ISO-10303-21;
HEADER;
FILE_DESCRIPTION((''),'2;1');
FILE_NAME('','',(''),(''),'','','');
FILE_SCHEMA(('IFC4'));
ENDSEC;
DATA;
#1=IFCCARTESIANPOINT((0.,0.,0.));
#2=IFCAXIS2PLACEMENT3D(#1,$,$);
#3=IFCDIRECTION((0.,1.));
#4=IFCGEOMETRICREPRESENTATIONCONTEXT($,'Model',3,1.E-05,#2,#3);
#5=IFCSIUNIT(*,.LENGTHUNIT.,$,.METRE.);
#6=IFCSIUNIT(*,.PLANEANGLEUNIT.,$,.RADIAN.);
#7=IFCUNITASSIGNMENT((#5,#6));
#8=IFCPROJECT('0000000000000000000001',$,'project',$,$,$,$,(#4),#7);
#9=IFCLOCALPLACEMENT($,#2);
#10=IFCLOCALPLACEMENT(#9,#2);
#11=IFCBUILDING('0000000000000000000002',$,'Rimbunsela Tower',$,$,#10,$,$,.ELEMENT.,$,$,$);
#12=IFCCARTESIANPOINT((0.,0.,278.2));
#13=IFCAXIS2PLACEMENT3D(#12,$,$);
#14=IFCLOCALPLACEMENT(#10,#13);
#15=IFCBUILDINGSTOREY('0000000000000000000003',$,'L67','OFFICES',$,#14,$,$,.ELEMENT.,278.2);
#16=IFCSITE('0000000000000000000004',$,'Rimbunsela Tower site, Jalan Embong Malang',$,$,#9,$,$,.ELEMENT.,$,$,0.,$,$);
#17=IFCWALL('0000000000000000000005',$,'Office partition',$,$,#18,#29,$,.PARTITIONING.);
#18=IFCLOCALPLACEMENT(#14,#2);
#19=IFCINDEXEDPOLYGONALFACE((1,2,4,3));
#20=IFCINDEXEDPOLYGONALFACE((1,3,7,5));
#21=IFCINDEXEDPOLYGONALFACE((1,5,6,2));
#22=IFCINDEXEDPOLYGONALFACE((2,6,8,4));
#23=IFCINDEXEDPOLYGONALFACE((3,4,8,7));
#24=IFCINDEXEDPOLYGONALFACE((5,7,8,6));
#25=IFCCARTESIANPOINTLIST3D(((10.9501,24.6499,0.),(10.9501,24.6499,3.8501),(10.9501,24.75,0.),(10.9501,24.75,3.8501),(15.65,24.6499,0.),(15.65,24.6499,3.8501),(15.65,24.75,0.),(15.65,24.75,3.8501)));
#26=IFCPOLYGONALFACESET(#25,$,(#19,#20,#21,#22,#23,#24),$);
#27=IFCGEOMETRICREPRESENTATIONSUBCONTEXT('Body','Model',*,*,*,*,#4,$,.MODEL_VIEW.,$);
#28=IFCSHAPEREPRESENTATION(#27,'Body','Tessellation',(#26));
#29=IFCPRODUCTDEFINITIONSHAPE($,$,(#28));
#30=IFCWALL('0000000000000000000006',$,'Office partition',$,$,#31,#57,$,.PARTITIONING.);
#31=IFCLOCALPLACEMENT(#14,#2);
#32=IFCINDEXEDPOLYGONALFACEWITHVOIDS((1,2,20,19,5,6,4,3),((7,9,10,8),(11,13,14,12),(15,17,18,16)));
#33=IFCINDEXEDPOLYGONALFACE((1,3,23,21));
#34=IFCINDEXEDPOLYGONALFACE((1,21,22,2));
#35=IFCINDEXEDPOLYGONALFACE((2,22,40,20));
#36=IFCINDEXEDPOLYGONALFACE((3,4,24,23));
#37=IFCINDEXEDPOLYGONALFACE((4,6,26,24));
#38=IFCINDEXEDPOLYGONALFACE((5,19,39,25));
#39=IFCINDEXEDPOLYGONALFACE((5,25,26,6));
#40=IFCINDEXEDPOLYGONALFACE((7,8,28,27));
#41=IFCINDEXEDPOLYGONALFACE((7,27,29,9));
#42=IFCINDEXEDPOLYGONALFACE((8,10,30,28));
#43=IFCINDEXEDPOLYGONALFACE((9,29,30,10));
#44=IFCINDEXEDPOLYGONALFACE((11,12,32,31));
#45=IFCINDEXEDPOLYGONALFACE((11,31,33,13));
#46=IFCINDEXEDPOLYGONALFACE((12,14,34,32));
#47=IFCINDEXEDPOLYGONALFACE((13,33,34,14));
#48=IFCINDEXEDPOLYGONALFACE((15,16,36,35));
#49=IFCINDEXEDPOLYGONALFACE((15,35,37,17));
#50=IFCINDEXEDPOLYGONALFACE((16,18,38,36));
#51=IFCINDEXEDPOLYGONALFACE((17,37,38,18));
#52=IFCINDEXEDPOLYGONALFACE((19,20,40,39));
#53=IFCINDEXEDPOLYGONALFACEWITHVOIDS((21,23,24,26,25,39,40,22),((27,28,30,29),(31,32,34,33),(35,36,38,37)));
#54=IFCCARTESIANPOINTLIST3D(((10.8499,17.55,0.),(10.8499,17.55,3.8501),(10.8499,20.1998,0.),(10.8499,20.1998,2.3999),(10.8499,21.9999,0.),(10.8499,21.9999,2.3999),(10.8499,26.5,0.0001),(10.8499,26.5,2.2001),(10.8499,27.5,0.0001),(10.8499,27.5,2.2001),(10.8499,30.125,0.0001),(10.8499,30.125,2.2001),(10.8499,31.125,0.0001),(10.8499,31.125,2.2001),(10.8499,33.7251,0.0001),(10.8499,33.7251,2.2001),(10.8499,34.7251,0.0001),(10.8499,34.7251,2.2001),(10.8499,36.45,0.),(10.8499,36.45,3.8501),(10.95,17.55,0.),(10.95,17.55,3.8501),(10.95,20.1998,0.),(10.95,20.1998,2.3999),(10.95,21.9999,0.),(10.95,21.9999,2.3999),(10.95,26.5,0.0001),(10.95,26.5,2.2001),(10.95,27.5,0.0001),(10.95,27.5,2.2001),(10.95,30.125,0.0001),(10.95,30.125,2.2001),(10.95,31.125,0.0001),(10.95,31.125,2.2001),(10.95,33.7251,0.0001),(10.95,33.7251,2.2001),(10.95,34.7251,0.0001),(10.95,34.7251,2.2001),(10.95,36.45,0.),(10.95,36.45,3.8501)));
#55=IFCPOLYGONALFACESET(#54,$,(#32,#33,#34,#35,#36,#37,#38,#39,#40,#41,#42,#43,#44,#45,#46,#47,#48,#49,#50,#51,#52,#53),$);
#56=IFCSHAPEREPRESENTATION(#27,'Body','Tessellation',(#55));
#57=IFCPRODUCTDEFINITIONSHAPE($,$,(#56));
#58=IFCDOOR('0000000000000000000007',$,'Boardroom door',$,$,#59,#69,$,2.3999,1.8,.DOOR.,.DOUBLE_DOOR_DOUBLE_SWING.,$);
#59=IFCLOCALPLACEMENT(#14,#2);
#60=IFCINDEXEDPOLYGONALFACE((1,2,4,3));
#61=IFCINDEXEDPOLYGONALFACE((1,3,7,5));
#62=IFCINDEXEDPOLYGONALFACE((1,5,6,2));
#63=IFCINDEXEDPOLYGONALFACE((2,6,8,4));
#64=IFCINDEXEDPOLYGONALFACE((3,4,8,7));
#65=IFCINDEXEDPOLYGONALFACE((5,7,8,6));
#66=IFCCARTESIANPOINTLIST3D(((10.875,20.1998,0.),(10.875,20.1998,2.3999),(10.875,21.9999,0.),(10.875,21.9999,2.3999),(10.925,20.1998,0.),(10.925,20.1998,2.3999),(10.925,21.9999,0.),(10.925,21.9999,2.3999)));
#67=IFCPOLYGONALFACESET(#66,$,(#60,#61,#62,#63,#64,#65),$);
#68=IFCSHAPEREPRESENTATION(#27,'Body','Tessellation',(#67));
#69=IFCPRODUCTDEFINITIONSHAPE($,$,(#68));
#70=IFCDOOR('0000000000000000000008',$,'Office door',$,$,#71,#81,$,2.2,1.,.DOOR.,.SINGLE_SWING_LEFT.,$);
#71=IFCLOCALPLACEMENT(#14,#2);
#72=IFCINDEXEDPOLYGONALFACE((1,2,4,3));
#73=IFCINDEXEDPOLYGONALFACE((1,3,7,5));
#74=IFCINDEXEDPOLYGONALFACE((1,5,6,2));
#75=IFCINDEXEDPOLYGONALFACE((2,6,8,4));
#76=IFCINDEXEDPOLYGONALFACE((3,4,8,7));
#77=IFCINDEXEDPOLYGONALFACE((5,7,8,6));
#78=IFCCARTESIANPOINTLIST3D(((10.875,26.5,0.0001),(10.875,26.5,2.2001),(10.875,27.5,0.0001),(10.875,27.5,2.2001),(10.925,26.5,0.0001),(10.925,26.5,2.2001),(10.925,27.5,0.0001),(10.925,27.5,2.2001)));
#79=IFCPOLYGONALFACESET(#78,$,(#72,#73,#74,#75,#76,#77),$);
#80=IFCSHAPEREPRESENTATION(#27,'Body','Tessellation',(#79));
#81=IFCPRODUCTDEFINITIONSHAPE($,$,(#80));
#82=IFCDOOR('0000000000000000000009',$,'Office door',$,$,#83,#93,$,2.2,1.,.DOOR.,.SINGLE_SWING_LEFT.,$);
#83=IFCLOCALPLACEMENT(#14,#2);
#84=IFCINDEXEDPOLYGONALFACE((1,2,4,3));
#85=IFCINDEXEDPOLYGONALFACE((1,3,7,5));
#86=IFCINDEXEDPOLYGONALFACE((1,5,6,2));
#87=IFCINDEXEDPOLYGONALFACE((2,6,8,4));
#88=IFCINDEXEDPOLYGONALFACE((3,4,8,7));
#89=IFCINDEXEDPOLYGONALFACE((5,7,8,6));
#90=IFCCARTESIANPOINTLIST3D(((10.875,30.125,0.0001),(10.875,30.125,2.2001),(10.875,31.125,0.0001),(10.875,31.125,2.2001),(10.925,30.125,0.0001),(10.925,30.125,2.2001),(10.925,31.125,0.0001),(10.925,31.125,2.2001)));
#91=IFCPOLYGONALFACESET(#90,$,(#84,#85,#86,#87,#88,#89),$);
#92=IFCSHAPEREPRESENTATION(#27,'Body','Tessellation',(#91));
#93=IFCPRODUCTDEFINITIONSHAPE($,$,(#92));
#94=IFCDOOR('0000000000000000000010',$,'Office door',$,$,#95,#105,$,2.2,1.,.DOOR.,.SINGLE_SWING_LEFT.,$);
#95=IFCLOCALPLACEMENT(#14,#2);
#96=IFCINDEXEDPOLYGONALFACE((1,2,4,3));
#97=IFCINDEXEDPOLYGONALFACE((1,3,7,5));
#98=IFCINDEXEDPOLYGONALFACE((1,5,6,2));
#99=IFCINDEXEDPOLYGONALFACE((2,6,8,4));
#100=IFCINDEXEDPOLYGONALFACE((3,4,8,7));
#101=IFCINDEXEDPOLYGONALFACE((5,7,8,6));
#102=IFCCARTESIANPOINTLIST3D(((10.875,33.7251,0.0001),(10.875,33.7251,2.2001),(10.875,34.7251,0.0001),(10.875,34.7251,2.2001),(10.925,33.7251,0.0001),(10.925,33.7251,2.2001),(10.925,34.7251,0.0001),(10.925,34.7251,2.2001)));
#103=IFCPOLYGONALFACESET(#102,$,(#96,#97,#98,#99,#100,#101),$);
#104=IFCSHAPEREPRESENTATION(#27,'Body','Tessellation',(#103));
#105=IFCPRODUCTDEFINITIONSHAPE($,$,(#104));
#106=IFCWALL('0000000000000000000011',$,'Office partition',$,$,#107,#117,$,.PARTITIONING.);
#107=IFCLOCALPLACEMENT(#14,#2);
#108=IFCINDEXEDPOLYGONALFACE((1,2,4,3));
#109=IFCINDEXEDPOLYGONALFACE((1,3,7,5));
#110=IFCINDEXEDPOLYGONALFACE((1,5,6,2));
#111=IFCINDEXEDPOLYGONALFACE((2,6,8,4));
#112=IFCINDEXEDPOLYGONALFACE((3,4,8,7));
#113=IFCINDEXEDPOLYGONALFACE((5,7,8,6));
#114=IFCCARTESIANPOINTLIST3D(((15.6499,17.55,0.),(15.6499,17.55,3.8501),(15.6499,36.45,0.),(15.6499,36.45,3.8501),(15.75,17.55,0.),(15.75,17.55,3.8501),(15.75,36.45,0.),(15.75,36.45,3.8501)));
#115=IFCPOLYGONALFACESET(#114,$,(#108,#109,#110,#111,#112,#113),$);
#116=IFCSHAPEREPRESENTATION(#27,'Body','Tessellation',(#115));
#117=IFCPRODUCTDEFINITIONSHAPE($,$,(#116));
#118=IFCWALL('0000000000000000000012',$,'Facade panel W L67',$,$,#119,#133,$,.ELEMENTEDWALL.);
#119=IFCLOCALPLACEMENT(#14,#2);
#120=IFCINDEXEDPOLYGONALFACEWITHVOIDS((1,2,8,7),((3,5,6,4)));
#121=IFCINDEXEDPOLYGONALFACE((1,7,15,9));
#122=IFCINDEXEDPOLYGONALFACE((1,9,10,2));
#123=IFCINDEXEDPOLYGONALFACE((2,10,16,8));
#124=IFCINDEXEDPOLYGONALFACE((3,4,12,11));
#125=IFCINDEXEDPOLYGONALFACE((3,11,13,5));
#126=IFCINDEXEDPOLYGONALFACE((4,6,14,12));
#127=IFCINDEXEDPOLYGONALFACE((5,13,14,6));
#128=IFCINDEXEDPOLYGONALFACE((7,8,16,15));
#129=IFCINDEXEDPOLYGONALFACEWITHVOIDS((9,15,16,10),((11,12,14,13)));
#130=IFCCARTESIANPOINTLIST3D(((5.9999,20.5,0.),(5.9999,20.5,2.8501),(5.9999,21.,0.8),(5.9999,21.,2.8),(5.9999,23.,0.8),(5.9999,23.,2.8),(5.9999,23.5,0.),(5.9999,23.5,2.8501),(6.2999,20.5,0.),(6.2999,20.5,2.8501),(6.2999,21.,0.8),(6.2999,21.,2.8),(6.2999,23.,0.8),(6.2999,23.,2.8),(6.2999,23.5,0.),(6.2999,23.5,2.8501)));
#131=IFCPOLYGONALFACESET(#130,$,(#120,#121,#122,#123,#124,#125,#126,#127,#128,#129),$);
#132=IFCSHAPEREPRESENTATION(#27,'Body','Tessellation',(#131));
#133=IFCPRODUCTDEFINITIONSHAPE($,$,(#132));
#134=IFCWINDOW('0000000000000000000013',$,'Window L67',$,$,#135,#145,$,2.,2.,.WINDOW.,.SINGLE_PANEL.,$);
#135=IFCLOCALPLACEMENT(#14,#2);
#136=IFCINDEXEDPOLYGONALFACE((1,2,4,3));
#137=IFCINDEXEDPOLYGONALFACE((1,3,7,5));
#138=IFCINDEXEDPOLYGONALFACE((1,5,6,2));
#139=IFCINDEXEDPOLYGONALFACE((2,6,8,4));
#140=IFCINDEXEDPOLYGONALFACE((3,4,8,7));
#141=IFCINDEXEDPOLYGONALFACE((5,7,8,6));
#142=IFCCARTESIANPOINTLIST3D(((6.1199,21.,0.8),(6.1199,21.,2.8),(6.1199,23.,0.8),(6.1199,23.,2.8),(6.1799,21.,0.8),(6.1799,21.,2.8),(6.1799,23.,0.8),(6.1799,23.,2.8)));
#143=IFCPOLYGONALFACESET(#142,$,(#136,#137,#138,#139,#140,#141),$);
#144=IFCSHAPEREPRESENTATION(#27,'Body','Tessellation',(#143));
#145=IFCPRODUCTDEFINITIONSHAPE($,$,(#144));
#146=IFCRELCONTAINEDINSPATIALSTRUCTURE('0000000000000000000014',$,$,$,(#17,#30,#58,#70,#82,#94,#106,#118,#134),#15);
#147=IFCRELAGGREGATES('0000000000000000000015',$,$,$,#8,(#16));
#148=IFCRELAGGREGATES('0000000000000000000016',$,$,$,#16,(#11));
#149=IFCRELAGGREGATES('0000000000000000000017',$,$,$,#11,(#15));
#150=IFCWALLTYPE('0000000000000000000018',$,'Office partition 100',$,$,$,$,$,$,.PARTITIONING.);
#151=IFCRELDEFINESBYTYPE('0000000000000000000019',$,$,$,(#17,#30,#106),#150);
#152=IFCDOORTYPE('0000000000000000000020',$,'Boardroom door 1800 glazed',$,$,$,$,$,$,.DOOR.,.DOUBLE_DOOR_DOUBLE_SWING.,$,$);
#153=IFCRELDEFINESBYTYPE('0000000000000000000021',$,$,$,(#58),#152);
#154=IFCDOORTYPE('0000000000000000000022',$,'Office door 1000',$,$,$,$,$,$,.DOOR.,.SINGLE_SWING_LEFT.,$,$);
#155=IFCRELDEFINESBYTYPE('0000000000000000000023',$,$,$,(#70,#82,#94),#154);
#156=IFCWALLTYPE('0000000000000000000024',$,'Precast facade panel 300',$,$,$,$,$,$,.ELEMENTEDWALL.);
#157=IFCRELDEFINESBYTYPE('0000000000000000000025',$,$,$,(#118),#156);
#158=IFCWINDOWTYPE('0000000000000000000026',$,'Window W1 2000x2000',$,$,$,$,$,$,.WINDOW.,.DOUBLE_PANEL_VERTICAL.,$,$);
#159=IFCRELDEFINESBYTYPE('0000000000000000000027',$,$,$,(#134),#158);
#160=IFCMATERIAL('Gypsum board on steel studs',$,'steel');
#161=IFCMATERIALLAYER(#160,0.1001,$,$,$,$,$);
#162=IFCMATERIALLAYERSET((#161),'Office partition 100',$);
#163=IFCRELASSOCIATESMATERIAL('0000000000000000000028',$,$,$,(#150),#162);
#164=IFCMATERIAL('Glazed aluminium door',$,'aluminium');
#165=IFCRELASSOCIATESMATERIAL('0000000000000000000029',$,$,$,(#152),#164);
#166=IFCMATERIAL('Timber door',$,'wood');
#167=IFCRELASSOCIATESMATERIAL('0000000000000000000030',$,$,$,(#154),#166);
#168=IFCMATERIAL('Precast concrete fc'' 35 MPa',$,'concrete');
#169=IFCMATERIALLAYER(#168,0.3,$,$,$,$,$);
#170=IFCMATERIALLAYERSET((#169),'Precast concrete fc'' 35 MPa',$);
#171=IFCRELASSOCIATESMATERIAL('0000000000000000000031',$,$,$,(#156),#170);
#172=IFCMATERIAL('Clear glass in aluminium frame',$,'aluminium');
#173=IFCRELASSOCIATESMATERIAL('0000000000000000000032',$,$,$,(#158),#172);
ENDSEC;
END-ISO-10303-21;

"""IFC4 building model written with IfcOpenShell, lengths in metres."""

from ifc_helpers import new_model, si_unit, direction, frame, frame_2d, origin, place, context, subcontext, project, spatial, rectangle, extrude, material, layer, layer_set, type_object, element, fill, save


model = new_model("IFC4")

# Units and contexts
model_context = context("Model", 3, precision=1e-05, world=origin(), true_north=direction((0.0, 1.0)))
body_context = subcontext(model_context, "Body", "Model", "MODEL_VIEW")
ifc_project = project(units=[si_unit("LENGTHUNIT", "METRE"), si_unit("PLANEANGLEUNIT", "RADIAN")], contexts=[model_context])

# Site, building, storey
site_placement = place(None, origin())
site = spatial("IfcSite", under=ifc_project, at=site_placement, Name="Rimbunsela Tower site, Jalan Embong Malang", CompositionType="ELEMENT", RefElevation=0.0)
building_placement = place(site_placement, origin())
building = spatial("IfcBuilding", under=site, at=building_placement, Name="Rimbunsela Tower", CompositionType="ELEMENT")
storey_placement = place(building_placement, frame((0.0, 0.0, 278.2)))
storey = spatial("IfcBuildingStorey", under=building, at=storey_placement, Name="L67", Description="OFFICES", CompositionType="ELEMENT", Elevation=278.2)

# Wall
ifc_material_1 = material(Name="Gypsum board on steel studs", Category="steel")
ifc_layer_1 = layer(ifc_material_1, 0.1001)
ifc_layer_set_1 = layer_set([ifc_layer_1], Name="Office partition 100")
wall_type_1 = type_object("IfcWallType", Name="Office partition 100", PredefinedType="PARTITIONING", material=ifc_layer_set_1)
wall_1_placement = place(storey_placement, frame((10.95, 24.7, 0.0), z_axis=(0.0, 0.0, 1.0), x_axis=(1.0, 0.0, 0.0)))
element("IfcWall", 1, at=wall_1_placement, inside=storey, type_object=wall_type_1, Name="Office partition", PredefinedType="PARTITIONING", context=body_context, shape_type="SweptSolid", body=[
    extrude(rectangle(XDim=4.7, YDim=0.1001, at=frame_2d((2.3501, 0.0))), origin(), (0.0, 0.0, 1.0), 3.8501),
])

# Wall, openings, doors
wall_2_placement = place(storey_placement, frame((10.8999, 17.55, 0.0), z_axis=(0.0, 0.0, 1.0), x_axis=(0.0, 1.0, 0.0)))
wall_2 = element("IfcWall", 2, at=wall_2_placement, inside=storey, type_object=wall_type_1, Name="Office partition", PredefinedType="PARTITIONING", context=body_context, shape_type="SweptSolid", body=[
    extrude(rectangle(XDim=18.8999, YDim=0.1001, at=frame_2d((9.45, 0.0))), origin(), (0.0, 0.0, 1.0), 3.8501),
])
opening_1_placement = place(wall_2_placement, frame((2.6499, 0.0, 0.0)))
opening_1 = element("IfcOpeningElement", 3, at=opening_1_placement, cuts=wall_2, PredefinedType="OPENING", context=body_context, shape_type="SweptSolid", body=[
    extrude(rectangle(XDim=1.8, YDim=2.3999, at=frame_2d((0.8999, 1.2))), frame((0.0, 0.0601, 0.0), z_axis=(0.0, -1.0, 0.0), x_axis=(1.0, 0.0, 0.0)), (0.0, 0.0, 1.0), 0.1201),
])
opening_2_placement = place(wall_2_placement, frame((8.95, 0.0, 0.0)))
opening_2 = element("IfcOpeningElement", 4, at=opening_2_placement, cuts=wall_2, PredefinedType="OPENING", context=body_context, shape_type="SweptSolid", body=[
    extrude(rectangle(XDim=1.0, YDim=2.2, at=frame_2d((0.5, 1.1001))), frame((0.0, 0.0601, 0.0), z_axis=(0.0, -1.0, 0.0), x_axis=(1.0, 0.0, 0.0)), (0.0, 0.0, 1.0), 0.1201),
])
opening_3_placement = place(wall_2_placement, frame((12.575, 0.0, 0.0)))
opening_3 = element("IfcOpeningElement", 5, at=opening_3_placement, cuts=wall_2, PredefinedType="OPENING", context=body_context, shape_type="SweptSolid", body=[
    extrude(rectangle(XDim=1.0, YDim=2.2, at=frame_2d((0.5, 1.1001))), frame((0.0, 0.0601, 0.0), z_axis=(0.0, -1.0, 0.0), x_axis=(1.0, 0.0, 0.0)), (0.0, 0.0, 1.0), 0.1201),
])
opening_4_placement = place(wall_2_placement, frame((16.175, 0.0, 0.0)))
opening_4 = element("IfcOpeningElement", 6, at=opening_4_placement, cuts=wall_2, PredefinedType="OPENING", context=body_context, shape_type="SweptSolid", body=[
    extrude(rectangle(XDim=1.0, YDim=2.2, at=frame_2d((0.5, 1.1001))), frame((0.0, 0.0601, 0.0), z_axis=(0.0, -1.0, 0.0), x_axis=(1.0, 0.0, 0.0)), (0.0, 0.0, 1.0), 0.1201),
])
ifc_material_2 = material(Name="Glazed aluminium door", Category="aluminium")
door_type_1 = type_object("IfcDoorType", Name="Boardroom door 1800 glazed", OperationType="DOUBLE_DOOR_DOUBLE_SWING", PredefinedType="DOOR", material=ifc_material_2)
door_1_placement = place(opening_1_placement, origin())
door_1 = element("IfcDoor", 7, at=door_1_placement, inside=storey, type_object=door_type_1, Name="Boardroom door", OperationType="DOUBLE_DOOR_DOUBLE_SWING", OverallHeight=2.3999, OverallWidth=1.8, PredefinedType="DOOR", context=body_context, shape_type="SweptSolid", body=[
    extrude(rectangle(XDim=1.8, YDim=2.3999, at=frame_2d((0.8999, 1.2))), frame((0.0, 0.0249, 0.0), z_axis=(0.0, -1.0, 0.0), x_axis=(1.0, 0.0, 0.0)), (0.0, 0.0, 1.0), 0.05),
])
fill(opening_1, door_1)
ifc_material_3 = material(Name="Timber door", Category="wood")
door_type_2 = type_object("IfcDoorType", Name="Office door 1000", OperationType="SINGLE_SWING_LEFT", PredefinedType="DOOR", material=ifc_material_3)
door_2_placement = place(opening_2_placement, origin())
door_2 = element("IfcDoor", 8, at=door_2_placement, inside=storey, type_object=door_type_2, Name="Office door", OperationType="SINGLE_SWING_LEFT", OverallHeight=2.2, OverallWidth=1.0, PredefinedType="DOOR", context=body_context, shape_type="SweptSolid", body=[
    extrude(rectangle(XDim=1.0, YDim=2.2, at=frame_2d((0.5, 1.1001))), frame((0.0, 0.0249, 0.0), z_axis=(0.0, -1.0, 0.0), x_axis=(1.0, 0.0, 0.0)), (0.0, 0.0, 1.0), 0.05),
])
fill(opening_2, door_2)
door_3_placement = place(opening_3_placement, origin())
door_3 = element("IfcDoor", 9, at=door_3_placement, inside=storey, type_object=door_type_2, Name="Office door", OperationType="SINGLE_SWING_LEFT", OverallHeight=2.2, OverallWidth=1.0, PredefinedType="DOOR", context=body_context, shape_type="SweptSolid", body=[
    extrude(rectangle(XDim=1.0, YDim=2.2, at=frame_2d((0.5, 1.1001))), frame((0.0, 0.0249, 0.0), z_axis=(0.0, -1.0, 0.0), x_axis=(1.0, 0.0, 0.0)), (0.0, 0.0, 1.0), 0.05),
])
fill(opening_3, door_3)
door_4_placement = place(opening_4_placement, origin())
door_4 = element("IfcDoor", 10, at=door_4_placement, inside=storey, type_object=door_type_2, Name="Office door", OperationType="SINGLE_SWING_LEFT", OverallHeight=2.2, OverallWidth=1.0, PredefinedType="DOOR", context=body_context, shape_type="SweptSolid", body=[
    extrude(rectangle(XDim=1.0, YDim=2.2, at=frame_2d((0.5, 1.1001))), frame((0.0, 0.0249, 0.0), z_axis=(0.0, -1.0, 0.0), x_axis=(1.0, 0.0, 0.0)), (0.0, 0.0, 1.0), 0.05),
])
fill(opening_4, door_4)

# Wall
wall_3_placement = place(storey_placement, frame((15.7, 17.55, 0.0), z_axis=(0.0, 0.0, 1.0), x_axis=(0.0, 1.0, 0.0)))
element("IfcWall", 11, at=wall_3_placement, inside=storey, type_object=wall_type_1, Name="Office partition", PredefinedType="PARTITIONING", context=body_context, shape_type="SweptSolid", body=[
    extrude(rectangle(XDim=18.8999, YDim=0.1001, at=frame_2d((9.45, 0.0))), origin(), (0.0, 0.0, 1.0), 3.8501),
])

# Wall, opening, window
ifc_material_4 = material(Name="Precast concrete fc' 35 MPa", Category="concrete")
ifc_layer_2 = layer(ifc_material_4, 0.3)
ifc_layer_set_2 = layer_set([ifc_layer_2], Name="Precast concrete fc' 35 MPa")
wall_type_2 = type_object("IfcWallType", Name="Precast facade panel 300", PredefinedType="ELEMENTEDWALL", material=ifc_layer_set_2)
wall_4_placement = place(storey_placement, frame((6.1499, 23.5, 0.0), z_axis=(0.0, 0.0, 1.0), x_axis=(0.0, -1.0, 0.0)))
wall_4 = element("IfcWall", 12, at=wall_4_placement, inside=storey, type_object=wall_type_2, Name="Facade panel W L67", PredefinedType="ELEMENTEDWALL", context=body_context, shape_type="SweptSolid", body=[
    extrude(rectangle(XDim=3.0, YDim=0.3, at=frame_2d((1.5, 0.0))), origin(), (0.0, 0.0, 1.0), 2.8501),
])
opening_5_placement = place(wall_4_placement, frame((0.5, 0.0, 0.8)))
opening_5 = element("IfcOpeningElement", 13, at=opening_5_placement, cuts=wall_4, PredefinedType="OPENING", context=body_context, shape_type="SweptSolid", body=[
    extrude(rectangle(XDim=2.0, YDim=2.0, at=frame_2d((1.0, 1.0))), frame((0.0, 0.1599, 0.0), z_axis=(0.0, -1.0, 0.0), x_axis=(1.0, 0.0, 0.0)), (0.0, 0.0, 1.0), 0.3201),
])
ifc_material_5 = material(Name="Clear glass in aluminium frame", Category="aluminium")
window_type = type_object("IfcWindowType", Name="Window W1 2000x2000", PartitioningType="DOUBLE_PANEL_VERTICAL", PredefinedType="WINDOW", material=ifc_material_5)
window_placement = place(opening_5_placement, origin())
window = element("IfcWindow", 14, at=window_placement, inside=storey, type_object=window_type, Name="Window L67", OverallHeight=2.0, OverallWidth=2.0, PartitioningType="SINGLE_PANEL", PredefinedType="WINDOW", context=body_context, shape_type="SweptSolid", body=[
    extrude(rectangle(XDim=2.0, YDim=2.0, at=frame_2d((1.0, 1.0))), frame((0.0, 0.03, 0.0), z_axis=(0.0, -1.0, 0.0), x_axis=(1.0, 0.0, 0.0)), (0.0, 0.0, 1.0), 0.0601),
])
fill(opening_5, window)

save(model, "model.ifc")
